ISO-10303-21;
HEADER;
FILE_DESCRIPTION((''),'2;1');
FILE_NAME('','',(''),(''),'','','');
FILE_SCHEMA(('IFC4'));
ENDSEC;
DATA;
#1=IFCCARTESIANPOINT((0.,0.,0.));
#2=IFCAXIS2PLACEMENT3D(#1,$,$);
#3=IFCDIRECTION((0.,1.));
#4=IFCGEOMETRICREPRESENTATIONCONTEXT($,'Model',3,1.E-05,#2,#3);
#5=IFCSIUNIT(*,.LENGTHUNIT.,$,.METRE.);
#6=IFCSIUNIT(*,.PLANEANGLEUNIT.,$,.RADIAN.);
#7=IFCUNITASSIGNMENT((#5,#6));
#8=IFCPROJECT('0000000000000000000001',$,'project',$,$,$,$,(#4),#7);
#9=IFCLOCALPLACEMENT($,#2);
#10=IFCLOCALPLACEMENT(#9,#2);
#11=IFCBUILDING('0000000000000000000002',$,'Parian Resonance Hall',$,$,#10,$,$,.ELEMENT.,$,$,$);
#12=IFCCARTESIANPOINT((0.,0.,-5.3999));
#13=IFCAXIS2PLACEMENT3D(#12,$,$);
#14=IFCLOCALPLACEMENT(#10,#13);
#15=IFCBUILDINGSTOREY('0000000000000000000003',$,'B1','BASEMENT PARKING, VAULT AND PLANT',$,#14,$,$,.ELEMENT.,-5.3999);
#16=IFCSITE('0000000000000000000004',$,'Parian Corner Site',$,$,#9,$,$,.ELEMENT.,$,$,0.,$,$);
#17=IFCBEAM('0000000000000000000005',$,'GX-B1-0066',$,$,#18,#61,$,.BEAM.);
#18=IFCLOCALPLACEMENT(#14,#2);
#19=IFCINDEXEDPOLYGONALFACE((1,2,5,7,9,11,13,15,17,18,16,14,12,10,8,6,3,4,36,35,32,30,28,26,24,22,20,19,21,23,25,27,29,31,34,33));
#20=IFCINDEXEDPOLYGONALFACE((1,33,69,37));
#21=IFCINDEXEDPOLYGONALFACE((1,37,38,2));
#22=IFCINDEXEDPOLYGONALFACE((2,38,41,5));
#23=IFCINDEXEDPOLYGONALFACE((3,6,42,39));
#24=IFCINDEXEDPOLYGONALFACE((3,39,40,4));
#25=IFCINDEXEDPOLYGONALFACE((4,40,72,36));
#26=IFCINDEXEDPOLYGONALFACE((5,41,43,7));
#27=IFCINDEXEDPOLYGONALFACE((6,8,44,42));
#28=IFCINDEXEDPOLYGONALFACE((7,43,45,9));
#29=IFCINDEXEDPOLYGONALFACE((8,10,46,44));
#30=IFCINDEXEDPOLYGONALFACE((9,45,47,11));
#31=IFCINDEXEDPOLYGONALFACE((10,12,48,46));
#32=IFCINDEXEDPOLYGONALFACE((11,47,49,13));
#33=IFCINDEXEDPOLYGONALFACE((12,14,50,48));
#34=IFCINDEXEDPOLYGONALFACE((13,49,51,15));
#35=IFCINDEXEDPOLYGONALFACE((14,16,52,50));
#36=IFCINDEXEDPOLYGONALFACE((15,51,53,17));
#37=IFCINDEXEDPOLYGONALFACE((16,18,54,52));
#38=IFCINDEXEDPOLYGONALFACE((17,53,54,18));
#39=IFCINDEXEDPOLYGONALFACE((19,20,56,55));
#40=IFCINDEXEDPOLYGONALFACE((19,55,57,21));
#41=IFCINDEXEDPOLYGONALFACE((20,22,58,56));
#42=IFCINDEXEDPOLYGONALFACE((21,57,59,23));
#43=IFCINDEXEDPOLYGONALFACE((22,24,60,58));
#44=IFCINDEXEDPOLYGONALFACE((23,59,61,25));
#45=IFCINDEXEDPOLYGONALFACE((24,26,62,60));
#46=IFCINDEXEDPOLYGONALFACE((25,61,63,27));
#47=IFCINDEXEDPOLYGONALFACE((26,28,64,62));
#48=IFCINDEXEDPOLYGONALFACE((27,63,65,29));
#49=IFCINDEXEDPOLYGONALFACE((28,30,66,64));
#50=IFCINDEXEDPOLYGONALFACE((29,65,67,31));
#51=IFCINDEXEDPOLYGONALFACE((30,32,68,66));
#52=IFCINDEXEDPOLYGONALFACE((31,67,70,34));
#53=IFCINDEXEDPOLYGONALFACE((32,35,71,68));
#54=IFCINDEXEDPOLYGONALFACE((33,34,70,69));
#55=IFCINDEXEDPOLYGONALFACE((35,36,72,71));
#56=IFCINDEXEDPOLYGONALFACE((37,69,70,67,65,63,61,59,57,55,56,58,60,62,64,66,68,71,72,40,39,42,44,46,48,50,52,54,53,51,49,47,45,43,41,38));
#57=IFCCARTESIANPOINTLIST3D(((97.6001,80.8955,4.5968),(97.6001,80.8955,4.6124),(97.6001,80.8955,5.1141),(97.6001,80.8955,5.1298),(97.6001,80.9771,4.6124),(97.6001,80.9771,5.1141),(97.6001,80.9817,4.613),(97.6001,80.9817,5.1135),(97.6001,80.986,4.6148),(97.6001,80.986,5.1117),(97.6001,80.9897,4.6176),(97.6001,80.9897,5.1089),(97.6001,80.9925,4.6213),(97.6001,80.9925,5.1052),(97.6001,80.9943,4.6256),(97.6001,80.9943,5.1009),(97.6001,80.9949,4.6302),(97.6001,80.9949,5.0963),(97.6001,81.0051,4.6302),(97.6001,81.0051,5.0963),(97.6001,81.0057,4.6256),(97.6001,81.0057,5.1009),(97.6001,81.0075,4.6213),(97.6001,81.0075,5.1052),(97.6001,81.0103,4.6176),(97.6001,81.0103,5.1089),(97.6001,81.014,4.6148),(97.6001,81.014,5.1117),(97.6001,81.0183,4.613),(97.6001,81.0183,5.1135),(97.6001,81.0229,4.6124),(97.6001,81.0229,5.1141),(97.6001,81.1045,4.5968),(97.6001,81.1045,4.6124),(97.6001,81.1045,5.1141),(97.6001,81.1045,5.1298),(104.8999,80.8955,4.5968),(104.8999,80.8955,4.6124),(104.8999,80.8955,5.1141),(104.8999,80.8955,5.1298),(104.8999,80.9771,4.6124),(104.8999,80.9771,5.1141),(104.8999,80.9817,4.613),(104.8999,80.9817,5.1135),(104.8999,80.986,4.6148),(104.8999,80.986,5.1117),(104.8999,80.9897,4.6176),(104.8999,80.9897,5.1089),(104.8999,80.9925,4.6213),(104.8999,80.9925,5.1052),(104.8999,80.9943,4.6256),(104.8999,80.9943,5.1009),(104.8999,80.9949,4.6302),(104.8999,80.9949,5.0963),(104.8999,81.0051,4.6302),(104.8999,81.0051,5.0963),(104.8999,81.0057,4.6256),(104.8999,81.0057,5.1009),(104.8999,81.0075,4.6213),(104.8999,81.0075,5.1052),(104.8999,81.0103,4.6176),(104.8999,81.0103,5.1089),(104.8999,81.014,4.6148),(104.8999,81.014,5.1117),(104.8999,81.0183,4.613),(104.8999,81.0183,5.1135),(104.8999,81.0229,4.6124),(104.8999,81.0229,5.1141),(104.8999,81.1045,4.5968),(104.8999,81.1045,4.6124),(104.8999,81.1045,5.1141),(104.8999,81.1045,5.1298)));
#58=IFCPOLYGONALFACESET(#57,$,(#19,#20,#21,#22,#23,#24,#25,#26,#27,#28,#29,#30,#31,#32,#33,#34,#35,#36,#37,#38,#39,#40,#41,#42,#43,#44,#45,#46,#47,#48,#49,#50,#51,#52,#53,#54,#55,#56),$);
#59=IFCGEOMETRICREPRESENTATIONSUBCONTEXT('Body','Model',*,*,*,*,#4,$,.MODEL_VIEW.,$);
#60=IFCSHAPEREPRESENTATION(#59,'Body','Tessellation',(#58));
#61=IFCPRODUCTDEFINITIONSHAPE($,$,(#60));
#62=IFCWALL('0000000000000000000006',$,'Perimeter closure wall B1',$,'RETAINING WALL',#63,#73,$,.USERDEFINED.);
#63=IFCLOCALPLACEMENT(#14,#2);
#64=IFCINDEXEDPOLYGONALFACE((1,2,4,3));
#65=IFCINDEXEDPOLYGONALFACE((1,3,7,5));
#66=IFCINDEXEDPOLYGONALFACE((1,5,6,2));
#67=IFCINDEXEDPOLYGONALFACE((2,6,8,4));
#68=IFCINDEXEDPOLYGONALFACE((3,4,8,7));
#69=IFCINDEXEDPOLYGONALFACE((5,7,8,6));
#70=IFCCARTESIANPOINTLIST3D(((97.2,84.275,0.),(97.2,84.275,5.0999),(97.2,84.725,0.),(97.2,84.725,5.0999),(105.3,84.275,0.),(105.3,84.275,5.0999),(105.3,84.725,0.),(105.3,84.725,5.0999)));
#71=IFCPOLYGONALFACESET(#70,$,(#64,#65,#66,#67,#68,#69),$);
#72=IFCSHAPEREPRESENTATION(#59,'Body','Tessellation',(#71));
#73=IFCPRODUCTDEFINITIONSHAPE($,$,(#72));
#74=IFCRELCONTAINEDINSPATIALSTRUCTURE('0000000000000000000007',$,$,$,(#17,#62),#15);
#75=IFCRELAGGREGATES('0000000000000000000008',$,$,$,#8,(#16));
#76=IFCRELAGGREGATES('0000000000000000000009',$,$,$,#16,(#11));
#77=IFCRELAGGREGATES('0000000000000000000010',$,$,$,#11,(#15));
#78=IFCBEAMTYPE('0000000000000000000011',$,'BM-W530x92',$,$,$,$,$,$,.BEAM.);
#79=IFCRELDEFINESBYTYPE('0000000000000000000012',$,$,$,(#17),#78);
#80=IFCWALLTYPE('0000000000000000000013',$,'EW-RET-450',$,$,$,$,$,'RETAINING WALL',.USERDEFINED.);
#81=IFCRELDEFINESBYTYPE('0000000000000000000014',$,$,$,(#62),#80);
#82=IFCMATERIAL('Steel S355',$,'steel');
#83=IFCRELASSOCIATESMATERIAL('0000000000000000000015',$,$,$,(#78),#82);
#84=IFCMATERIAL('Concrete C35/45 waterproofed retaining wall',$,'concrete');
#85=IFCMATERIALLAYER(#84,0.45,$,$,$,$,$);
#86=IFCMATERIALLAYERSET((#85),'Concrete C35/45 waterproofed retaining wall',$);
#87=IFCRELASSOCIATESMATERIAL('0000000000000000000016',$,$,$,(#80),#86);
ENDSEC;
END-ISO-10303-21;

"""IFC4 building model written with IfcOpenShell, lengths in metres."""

from ifc_helpers import new_model, si_unit, direction, frame, frame_2d, origin, origin_2d, place, context, subcontext, project, spatial, rectangle, i_section, extrude, material, layer, layer_set, material_profile, profile_set, type_object, element, save


model = new_model("IFC4")

# Units and contexts
model_context = context("Model", 3, precision=1e-05, world=origin(), true_north=direction((0.0, 1.0)))
body_context = subcontext(model_context, "Body", "Model", "MODEL_VIEW")
ifc_project = project(units=[si_unit("LENGTHUNIT", "METRE"), si_unit("PLANEANGLEUNIT", "RADIAN")], contexts=[model_context])

# Site, building, storey
site_placement = place(None, origin())
site = spatial("IfcSite", under=ifc_project, at=site_placement, Name="Parian Corner Site", CompositionType="ELEMENT", RefElevation=0.0)
building_placement = place(site_placement, origin())
building = spatial("IfcBuilding", under=site, at=building_placement, Name="Parian Resonance Hall", CompositionType="ELEMENT")
storey_placement = place(building_placement, frame((0.0, 0.0, -5.3999)))
storey = spatial("IfcBuildingStorey", under=building, at=storey_placement, Name="B1", Description="BASEMENT PARKING, VAULT AND PLANT", CompositionType="ELEMENT", Elevation=-5.3999)

# Beam
ifc_material_1 = material(Name="Steel S355", Category="steel")
ifc_material_profile_1 = material_profile(ifc_material_1, i_section(OverallWidth=0.209, OverallDepth=0.533, WebThickness=0.0103, FlangeThickness=0.0156, FilletRadius=0.0178, at=origin_2d()), Name="W530x92")
ifc_profile_set_1 = profile_set([ifc_material_profile_1], Name="Steel S355")
beam_type_1 = type_object("IfcBeamType", Name="BM-W530x92", PredefinedType="BEAM", material=ifc_profile_set_1)
beam_1_placement = place(storey_placement, frame((97.6001, 81.0, 4.8633), z_axis=(1.0, 0.0, 0.0), x_axis=(0.0, 1.0, 0.0)))
element("IfcBeam", 1, at=beam_1_placement, inside=storey, type_object=beam_type_1, Name="GX-B1-0066", PredefinedType="BEAM", context=body_context, shape_type="SweptSolid", body=[
    extrude(i_section(OverallWidth=0.209, OverallDepth=0.533, WebThickness=0.0103, FlangeThickness=0.0156, FilletRadius=0.0178, at=origin_2d()), origin(), (0.0, 0.0, 1.0), 7.2998),
])

# Wall
ifc_material_2 = material(Name="Concrete C35/45 waterproofed retaining wall", Category="concrete")
ifc_layer = layer(ifc_material_2, 0.45)
ifc_layer_set = layer_set([ifc_layer], Name="Concrete C35/45 waterproofed retaining wall")
wall_type = type_object("IfcWallType", Name="EW-RET-450", ElementType="RETAINING WALL", PredefinedType="USERDEFINED", material=ifc_layer_set)
wall_placement = place(storey_placement, frame((105.3, 84.5, 0.0), z_axis=(0.0, 0.0, 1.0), x_axis=(-1.0, 0.0, 0.0)))
element("IfcWall", 2, at=wall_placement, inside=storey, type_object=wall_type, Name="Perimeter closure wall B1", ObjectType="RETAINING WALL", PredefinedType="USERDEFINED", context=body_context, shape_type="SweptSolid", body=[
    extrude(rectangle(XDim=8.1001, YDim=0.45, at=frame_2d((4.05, 0.0))), origin(), (0.0, 0.0, 1.0), 5.0999),
])

save(model, "model.ifc")
